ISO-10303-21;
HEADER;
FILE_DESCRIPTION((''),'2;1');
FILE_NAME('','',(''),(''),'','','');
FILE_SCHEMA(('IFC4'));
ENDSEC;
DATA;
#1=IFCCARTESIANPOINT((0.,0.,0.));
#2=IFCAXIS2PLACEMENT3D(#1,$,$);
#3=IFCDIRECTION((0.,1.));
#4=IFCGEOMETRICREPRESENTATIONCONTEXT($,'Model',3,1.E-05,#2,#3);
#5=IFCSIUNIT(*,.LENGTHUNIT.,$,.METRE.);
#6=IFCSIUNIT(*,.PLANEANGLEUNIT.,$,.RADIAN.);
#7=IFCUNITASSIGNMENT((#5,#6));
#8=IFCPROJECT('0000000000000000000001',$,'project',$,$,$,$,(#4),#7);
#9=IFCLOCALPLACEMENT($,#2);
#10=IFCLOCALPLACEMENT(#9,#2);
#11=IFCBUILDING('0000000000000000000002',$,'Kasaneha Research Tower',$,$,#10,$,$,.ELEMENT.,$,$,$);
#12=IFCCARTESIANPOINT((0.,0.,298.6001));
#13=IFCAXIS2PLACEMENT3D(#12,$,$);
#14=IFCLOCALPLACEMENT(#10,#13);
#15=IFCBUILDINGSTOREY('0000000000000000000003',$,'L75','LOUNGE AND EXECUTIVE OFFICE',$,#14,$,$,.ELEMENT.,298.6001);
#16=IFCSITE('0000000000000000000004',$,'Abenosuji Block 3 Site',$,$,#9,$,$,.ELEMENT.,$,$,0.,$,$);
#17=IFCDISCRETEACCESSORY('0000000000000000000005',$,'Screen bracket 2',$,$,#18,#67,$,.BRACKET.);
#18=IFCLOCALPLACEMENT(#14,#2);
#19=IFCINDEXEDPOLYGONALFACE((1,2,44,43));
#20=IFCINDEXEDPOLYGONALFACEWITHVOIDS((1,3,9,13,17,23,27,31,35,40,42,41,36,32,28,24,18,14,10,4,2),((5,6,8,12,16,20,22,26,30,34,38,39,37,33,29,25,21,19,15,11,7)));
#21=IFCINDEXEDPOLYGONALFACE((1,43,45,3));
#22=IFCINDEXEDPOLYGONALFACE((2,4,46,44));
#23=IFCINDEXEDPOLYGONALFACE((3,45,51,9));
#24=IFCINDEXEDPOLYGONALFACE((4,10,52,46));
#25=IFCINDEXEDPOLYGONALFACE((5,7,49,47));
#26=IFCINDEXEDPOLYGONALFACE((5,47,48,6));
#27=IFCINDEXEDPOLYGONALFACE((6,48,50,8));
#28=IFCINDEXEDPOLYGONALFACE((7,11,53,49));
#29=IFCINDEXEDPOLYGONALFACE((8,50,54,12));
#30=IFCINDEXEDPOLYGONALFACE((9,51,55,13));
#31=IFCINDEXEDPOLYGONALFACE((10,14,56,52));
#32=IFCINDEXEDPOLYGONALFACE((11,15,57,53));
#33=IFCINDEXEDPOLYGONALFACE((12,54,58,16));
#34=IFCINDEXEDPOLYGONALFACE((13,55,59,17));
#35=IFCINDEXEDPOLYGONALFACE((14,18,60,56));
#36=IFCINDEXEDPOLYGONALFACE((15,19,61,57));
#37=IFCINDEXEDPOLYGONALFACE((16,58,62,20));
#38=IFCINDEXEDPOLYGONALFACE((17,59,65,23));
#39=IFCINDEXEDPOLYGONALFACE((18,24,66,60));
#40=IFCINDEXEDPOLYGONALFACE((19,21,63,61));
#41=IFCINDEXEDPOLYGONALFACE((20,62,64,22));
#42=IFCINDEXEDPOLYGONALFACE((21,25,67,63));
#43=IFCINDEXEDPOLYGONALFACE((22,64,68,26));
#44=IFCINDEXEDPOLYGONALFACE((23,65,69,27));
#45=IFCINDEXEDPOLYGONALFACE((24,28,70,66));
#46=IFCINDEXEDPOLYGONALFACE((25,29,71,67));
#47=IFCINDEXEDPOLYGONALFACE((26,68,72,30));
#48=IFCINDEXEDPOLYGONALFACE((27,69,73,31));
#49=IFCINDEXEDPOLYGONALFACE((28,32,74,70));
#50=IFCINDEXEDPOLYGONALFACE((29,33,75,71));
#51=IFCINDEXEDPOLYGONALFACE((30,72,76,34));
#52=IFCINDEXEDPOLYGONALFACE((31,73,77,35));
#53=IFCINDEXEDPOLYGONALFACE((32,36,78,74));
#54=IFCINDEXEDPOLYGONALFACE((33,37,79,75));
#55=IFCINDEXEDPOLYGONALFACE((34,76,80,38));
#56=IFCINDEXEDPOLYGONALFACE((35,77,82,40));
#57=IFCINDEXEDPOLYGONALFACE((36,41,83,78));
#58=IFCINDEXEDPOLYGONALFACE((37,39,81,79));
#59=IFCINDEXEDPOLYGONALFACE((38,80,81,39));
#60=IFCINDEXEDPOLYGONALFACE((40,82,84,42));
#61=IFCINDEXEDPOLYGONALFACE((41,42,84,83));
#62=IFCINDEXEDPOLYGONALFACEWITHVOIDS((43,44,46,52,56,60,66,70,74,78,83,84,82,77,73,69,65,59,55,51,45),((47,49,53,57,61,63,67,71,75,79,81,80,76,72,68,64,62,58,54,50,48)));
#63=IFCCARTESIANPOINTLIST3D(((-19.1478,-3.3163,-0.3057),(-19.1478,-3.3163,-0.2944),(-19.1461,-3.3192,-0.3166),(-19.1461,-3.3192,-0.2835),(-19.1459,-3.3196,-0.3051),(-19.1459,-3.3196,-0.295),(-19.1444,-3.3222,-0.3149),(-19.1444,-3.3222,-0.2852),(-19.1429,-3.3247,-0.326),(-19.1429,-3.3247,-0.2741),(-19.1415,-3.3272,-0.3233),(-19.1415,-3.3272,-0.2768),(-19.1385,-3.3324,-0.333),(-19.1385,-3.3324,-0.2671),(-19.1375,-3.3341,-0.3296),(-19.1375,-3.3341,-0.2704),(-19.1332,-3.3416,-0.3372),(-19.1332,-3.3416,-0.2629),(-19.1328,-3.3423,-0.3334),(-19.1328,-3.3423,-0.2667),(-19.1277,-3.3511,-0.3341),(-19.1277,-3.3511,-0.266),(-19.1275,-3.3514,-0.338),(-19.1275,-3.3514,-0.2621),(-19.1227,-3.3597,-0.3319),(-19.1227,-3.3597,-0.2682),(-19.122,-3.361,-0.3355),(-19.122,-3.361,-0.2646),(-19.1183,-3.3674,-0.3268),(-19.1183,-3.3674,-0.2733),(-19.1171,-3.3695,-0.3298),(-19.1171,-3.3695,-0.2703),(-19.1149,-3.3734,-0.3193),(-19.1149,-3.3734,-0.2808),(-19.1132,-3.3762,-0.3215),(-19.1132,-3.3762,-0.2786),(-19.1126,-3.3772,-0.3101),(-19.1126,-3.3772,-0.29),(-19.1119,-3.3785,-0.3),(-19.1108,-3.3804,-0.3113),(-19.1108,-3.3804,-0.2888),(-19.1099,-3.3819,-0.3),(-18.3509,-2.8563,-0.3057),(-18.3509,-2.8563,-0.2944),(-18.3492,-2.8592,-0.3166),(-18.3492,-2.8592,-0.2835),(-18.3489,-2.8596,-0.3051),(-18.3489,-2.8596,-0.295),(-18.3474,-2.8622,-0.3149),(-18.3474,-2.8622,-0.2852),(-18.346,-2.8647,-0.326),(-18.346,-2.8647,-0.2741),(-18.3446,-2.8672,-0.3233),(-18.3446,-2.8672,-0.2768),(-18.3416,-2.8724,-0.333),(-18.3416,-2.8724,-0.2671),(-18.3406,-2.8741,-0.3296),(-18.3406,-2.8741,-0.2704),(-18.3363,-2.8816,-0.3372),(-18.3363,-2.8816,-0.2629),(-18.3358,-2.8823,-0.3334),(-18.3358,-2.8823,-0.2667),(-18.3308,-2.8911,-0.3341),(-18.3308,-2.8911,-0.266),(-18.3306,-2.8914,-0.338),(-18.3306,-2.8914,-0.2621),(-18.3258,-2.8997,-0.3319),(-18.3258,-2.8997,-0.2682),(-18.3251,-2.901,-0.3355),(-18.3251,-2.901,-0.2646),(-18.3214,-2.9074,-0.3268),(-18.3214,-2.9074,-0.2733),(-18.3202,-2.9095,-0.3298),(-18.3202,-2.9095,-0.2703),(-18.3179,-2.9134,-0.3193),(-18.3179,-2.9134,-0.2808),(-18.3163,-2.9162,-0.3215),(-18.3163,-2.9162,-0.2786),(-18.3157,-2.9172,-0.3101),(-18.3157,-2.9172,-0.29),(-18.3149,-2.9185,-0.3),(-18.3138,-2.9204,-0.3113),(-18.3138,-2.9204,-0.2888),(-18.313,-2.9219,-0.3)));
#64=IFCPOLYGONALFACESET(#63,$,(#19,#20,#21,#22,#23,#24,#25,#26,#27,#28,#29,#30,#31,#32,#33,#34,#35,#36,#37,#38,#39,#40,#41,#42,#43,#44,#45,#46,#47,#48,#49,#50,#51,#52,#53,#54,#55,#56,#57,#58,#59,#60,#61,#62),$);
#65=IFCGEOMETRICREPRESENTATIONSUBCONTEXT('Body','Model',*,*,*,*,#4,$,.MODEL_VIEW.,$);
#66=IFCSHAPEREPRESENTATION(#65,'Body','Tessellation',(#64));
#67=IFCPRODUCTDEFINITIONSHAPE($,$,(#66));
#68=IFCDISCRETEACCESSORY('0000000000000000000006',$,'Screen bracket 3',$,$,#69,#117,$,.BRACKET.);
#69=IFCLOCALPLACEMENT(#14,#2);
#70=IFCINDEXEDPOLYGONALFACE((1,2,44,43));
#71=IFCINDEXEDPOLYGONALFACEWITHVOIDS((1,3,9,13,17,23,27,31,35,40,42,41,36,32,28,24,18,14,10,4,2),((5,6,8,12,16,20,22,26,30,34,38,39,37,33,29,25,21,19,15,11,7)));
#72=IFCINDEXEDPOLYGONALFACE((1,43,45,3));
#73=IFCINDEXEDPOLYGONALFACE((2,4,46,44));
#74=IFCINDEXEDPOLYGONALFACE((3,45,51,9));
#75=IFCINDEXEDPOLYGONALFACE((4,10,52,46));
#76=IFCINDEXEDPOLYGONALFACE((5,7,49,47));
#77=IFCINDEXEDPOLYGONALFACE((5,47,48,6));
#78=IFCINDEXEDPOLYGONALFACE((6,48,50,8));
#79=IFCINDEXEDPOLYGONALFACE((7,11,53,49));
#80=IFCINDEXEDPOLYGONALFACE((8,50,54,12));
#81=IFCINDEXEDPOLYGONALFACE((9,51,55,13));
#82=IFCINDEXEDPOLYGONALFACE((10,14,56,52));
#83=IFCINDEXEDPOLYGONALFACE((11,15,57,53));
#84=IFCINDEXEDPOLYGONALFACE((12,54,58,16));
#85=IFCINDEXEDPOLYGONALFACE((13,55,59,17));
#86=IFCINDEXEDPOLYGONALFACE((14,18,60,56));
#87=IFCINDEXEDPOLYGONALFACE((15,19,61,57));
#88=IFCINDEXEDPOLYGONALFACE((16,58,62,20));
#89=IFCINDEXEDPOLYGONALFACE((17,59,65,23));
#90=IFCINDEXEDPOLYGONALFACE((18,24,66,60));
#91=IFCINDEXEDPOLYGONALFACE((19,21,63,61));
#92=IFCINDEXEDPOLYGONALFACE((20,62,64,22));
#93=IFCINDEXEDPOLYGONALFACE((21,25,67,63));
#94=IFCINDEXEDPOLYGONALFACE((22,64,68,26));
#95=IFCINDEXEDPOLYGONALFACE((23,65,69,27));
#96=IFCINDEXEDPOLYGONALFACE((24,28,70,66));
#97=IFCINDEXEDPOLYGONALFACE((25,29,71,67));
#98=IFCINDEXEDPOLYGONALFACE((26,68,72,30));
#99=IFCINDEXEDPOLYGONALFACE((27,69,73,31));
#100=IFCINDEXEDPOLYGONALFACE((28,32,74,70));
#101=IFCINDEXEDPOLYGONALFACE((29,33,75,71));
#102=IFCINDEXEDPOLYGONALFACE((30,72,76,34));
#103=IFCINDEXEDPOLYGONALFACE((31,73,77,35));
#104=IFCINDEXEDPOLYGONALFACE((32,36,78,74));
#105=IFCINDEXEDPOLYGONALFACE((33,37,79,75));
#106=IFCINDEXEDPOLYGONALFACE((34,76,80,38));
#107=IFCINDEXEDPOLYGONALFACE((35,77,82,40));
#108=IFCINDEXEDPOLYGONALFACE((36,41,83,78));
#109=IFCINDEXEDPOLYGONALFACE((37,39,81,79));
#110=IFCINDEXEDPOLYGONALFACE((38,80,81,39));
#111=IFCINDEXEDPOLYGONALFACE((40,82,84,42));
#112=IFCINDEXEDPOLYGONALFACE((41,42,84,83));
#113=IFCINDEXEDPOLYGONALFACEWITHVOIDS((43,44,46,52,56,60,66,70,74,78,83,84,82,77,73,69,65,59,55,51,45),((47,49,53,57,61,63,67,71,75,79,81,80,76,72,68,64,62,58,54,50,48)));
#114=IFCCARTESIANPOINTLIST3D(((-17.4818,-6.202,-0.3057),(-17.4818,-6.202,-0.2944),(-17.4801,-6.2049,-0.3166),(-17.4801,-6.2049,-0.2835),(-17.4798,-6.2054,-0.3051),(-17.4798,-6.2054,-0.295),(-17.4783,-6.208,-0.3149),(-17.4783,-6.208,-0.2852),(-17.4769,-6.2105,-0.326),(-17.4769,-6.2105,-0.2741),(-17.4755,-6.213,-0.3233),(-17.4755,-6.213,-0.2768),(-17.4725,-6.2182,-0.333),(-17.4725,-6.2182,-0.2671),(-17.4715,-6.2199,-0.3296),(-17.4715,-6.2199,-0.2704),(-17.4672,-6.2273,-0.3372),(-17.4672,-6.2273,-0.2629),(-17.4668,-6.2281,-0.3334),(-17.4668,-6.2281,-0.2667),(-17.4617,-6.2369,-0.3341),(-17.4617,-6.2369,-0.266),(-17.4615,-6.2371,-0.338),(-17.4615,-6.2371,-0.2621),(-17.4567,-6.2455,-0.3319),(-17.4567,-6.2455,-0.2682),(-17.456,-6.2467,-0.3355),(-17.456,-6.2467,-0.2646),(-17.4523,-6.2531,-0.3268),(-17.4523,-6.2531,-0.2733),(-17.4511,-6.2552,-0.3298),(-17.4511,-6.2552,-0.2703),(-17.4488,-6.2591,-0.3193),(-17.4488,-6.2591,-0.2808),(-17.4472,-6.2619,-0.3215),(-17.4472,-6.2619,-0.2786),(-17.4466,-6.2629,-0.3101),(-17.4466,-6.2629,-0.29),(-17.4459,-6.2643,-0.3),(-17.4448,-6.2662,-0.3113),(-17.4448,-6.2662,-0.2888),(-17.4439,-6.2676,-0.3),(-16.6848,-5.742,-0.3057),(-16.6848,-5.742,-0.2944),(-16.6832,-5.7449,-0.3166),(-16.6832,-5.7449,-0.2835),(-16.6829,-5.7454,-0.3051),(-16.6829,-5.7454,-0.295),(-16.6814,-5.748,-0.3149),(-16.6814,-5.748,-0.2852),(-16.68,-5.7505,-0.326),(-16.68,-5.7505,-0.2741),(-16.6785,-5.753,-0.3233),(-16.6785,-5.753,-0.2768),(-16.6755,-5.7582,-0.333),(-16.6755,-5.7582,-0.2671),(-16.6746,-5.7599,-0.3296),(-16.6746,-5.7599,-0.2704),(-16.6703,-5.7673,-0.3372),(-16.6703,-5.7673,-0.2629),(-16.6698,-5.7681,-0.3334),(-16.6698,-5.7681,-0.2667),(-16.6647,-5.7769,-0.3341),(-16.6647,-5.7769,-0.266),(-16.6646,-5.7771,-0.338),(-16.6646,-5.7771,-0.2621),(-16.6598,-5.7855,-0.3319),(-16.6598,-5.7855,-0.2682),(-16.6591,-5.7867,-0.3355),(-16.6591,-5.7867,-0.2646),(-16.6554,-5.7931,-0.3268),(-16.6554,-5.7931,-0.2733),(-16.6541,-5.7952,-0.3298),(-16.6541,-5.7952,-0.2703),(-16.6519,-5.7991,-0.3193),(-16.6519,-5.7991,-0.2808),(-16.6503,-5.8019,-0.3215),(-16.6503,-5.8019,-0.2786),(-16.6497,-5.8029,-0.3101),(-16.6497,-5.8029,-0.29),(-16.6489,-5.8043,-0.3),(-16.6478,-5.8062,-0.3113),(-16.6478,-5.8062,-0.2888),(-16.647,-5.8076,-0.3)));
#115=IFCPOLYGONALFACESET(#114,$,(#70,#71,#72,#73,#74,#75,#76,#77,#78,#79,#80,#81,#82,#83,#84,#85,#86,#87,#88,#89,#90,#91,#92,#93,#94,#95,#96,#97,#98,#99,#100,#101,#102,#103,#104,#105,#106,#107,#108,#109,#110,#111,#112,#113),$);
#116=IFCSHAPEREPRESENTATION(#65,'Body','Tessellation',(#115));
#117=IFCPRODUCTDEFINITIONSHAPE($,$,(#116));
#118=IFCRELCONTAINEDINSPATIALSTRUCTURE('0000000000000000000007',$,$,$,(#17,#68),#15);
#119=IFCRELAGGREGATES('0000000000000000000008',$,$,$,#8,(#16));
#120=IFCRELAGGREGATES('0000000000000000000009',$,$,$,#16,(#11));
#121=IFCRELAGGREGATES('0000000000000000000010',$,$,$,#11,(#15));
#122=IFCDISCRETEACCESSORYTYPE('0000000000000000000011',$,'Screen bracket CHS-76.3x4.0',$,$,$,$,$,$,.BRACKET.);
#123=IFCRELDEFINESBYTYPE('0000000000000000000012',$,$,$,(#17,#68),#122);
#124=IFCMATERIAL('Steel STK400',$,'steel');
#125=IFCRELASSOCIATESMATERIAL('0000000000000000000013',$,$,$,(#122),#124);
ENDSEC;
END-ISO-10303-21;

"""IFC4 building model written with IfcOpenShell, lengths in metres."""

from ifc_helpers import new_model, si_unit, direction, frame, origin, origin_2d, place, context, subcontext, project, spatial, hollow_circle, extrude, material, material_profile, profile_set, type_object, element, save


model = new_model("IFC4")

# Units and contexts
model_context = context("Model", 3, precision=1e-05, world=origin(), true_north=direction((0.0, 1.0)))
body_context = subcontext(model_context, "Body", "Model", "MODEL_VIEW")
ifc_project = project(units=[si_unit("LENGTHUNIT", "METRE"), si_unit("PLANEANGLEUNIT", "RADIAN")], contexts=[model_context])

# Site, building, storey
site_placement = place(None, origin())
site = spatial("IfcSite", under=ifc_project, at=site_placement, Name="Abenosuji Block 3 Site", CompositionType="ELEMENT", RefElevation=0.0)
building_placement = place(site_placement, origin())
building = spatial("IfcBuilding", under=site, at=building_placement, Name="Kasaneha Research Tower", CompositionType="ELEMENT")
storey_placement = place(building_placement, frame((0.0, 0.0, 298.6001)))
storey = spatial("IfcBuildingStorey", under=building, at=storey_placement, Name="L75", Description="LOUNGE AND EXECUTIVE OFFICE", CompositionType="ELEMENT", Elevation=298.6001)

# Discrete accessories
ifc_material_1 = material(Name="Steel STK400", Category="steel")
ifc_material_profile_1 = material_profile(ifc_material_1, hollow_circle(Radius=0.0381, WallThickness=0.0039, at=origin_2d()), Name="CHS-76.3x4.0")
ifc_profile_set_1 = profile_set([ifc_material_profile_1], Name="Steel STK400")
discrete_accessory_type = type_object("IfcDiscreteAccessoryType", Name="Screen bracket CHS-76.3x4.0", PredefinedType="BRACKET", material=ifc_profile_set_1)
for number, where, z_axis, x_axis, name in (
    (1, (-18.332, -2.8889, -0.3), (-0.86608, -0.499906, 0.0), (0.499906, -0.86608, 0.0), "Screen bracket 2"),
    (2, (-16.666, -5.7747, -0.3), (-0.86608, -0.499906, 0.0), (0.499906, -0.86608, 0.0), "Screen bracket 3"),
):
    element("IfcDiscreteAccessory", number, at=place(storey_placement, frame(where, z_axis=z_axis, x_axis=x_axis)), inside=storey, type_object=discrete_accessory_type, Name=name, PredefinedType="BRACKET", context=body_context, shape_type="SweptSolid", body=[
        extrude(hollow_circle(Radius=0.0381, WallThickness=0.0039, at=origin_2d()), origin(), (0.0, 0.0, 1.0), 0.9202),
    ])

save(model, "model.ifc")
